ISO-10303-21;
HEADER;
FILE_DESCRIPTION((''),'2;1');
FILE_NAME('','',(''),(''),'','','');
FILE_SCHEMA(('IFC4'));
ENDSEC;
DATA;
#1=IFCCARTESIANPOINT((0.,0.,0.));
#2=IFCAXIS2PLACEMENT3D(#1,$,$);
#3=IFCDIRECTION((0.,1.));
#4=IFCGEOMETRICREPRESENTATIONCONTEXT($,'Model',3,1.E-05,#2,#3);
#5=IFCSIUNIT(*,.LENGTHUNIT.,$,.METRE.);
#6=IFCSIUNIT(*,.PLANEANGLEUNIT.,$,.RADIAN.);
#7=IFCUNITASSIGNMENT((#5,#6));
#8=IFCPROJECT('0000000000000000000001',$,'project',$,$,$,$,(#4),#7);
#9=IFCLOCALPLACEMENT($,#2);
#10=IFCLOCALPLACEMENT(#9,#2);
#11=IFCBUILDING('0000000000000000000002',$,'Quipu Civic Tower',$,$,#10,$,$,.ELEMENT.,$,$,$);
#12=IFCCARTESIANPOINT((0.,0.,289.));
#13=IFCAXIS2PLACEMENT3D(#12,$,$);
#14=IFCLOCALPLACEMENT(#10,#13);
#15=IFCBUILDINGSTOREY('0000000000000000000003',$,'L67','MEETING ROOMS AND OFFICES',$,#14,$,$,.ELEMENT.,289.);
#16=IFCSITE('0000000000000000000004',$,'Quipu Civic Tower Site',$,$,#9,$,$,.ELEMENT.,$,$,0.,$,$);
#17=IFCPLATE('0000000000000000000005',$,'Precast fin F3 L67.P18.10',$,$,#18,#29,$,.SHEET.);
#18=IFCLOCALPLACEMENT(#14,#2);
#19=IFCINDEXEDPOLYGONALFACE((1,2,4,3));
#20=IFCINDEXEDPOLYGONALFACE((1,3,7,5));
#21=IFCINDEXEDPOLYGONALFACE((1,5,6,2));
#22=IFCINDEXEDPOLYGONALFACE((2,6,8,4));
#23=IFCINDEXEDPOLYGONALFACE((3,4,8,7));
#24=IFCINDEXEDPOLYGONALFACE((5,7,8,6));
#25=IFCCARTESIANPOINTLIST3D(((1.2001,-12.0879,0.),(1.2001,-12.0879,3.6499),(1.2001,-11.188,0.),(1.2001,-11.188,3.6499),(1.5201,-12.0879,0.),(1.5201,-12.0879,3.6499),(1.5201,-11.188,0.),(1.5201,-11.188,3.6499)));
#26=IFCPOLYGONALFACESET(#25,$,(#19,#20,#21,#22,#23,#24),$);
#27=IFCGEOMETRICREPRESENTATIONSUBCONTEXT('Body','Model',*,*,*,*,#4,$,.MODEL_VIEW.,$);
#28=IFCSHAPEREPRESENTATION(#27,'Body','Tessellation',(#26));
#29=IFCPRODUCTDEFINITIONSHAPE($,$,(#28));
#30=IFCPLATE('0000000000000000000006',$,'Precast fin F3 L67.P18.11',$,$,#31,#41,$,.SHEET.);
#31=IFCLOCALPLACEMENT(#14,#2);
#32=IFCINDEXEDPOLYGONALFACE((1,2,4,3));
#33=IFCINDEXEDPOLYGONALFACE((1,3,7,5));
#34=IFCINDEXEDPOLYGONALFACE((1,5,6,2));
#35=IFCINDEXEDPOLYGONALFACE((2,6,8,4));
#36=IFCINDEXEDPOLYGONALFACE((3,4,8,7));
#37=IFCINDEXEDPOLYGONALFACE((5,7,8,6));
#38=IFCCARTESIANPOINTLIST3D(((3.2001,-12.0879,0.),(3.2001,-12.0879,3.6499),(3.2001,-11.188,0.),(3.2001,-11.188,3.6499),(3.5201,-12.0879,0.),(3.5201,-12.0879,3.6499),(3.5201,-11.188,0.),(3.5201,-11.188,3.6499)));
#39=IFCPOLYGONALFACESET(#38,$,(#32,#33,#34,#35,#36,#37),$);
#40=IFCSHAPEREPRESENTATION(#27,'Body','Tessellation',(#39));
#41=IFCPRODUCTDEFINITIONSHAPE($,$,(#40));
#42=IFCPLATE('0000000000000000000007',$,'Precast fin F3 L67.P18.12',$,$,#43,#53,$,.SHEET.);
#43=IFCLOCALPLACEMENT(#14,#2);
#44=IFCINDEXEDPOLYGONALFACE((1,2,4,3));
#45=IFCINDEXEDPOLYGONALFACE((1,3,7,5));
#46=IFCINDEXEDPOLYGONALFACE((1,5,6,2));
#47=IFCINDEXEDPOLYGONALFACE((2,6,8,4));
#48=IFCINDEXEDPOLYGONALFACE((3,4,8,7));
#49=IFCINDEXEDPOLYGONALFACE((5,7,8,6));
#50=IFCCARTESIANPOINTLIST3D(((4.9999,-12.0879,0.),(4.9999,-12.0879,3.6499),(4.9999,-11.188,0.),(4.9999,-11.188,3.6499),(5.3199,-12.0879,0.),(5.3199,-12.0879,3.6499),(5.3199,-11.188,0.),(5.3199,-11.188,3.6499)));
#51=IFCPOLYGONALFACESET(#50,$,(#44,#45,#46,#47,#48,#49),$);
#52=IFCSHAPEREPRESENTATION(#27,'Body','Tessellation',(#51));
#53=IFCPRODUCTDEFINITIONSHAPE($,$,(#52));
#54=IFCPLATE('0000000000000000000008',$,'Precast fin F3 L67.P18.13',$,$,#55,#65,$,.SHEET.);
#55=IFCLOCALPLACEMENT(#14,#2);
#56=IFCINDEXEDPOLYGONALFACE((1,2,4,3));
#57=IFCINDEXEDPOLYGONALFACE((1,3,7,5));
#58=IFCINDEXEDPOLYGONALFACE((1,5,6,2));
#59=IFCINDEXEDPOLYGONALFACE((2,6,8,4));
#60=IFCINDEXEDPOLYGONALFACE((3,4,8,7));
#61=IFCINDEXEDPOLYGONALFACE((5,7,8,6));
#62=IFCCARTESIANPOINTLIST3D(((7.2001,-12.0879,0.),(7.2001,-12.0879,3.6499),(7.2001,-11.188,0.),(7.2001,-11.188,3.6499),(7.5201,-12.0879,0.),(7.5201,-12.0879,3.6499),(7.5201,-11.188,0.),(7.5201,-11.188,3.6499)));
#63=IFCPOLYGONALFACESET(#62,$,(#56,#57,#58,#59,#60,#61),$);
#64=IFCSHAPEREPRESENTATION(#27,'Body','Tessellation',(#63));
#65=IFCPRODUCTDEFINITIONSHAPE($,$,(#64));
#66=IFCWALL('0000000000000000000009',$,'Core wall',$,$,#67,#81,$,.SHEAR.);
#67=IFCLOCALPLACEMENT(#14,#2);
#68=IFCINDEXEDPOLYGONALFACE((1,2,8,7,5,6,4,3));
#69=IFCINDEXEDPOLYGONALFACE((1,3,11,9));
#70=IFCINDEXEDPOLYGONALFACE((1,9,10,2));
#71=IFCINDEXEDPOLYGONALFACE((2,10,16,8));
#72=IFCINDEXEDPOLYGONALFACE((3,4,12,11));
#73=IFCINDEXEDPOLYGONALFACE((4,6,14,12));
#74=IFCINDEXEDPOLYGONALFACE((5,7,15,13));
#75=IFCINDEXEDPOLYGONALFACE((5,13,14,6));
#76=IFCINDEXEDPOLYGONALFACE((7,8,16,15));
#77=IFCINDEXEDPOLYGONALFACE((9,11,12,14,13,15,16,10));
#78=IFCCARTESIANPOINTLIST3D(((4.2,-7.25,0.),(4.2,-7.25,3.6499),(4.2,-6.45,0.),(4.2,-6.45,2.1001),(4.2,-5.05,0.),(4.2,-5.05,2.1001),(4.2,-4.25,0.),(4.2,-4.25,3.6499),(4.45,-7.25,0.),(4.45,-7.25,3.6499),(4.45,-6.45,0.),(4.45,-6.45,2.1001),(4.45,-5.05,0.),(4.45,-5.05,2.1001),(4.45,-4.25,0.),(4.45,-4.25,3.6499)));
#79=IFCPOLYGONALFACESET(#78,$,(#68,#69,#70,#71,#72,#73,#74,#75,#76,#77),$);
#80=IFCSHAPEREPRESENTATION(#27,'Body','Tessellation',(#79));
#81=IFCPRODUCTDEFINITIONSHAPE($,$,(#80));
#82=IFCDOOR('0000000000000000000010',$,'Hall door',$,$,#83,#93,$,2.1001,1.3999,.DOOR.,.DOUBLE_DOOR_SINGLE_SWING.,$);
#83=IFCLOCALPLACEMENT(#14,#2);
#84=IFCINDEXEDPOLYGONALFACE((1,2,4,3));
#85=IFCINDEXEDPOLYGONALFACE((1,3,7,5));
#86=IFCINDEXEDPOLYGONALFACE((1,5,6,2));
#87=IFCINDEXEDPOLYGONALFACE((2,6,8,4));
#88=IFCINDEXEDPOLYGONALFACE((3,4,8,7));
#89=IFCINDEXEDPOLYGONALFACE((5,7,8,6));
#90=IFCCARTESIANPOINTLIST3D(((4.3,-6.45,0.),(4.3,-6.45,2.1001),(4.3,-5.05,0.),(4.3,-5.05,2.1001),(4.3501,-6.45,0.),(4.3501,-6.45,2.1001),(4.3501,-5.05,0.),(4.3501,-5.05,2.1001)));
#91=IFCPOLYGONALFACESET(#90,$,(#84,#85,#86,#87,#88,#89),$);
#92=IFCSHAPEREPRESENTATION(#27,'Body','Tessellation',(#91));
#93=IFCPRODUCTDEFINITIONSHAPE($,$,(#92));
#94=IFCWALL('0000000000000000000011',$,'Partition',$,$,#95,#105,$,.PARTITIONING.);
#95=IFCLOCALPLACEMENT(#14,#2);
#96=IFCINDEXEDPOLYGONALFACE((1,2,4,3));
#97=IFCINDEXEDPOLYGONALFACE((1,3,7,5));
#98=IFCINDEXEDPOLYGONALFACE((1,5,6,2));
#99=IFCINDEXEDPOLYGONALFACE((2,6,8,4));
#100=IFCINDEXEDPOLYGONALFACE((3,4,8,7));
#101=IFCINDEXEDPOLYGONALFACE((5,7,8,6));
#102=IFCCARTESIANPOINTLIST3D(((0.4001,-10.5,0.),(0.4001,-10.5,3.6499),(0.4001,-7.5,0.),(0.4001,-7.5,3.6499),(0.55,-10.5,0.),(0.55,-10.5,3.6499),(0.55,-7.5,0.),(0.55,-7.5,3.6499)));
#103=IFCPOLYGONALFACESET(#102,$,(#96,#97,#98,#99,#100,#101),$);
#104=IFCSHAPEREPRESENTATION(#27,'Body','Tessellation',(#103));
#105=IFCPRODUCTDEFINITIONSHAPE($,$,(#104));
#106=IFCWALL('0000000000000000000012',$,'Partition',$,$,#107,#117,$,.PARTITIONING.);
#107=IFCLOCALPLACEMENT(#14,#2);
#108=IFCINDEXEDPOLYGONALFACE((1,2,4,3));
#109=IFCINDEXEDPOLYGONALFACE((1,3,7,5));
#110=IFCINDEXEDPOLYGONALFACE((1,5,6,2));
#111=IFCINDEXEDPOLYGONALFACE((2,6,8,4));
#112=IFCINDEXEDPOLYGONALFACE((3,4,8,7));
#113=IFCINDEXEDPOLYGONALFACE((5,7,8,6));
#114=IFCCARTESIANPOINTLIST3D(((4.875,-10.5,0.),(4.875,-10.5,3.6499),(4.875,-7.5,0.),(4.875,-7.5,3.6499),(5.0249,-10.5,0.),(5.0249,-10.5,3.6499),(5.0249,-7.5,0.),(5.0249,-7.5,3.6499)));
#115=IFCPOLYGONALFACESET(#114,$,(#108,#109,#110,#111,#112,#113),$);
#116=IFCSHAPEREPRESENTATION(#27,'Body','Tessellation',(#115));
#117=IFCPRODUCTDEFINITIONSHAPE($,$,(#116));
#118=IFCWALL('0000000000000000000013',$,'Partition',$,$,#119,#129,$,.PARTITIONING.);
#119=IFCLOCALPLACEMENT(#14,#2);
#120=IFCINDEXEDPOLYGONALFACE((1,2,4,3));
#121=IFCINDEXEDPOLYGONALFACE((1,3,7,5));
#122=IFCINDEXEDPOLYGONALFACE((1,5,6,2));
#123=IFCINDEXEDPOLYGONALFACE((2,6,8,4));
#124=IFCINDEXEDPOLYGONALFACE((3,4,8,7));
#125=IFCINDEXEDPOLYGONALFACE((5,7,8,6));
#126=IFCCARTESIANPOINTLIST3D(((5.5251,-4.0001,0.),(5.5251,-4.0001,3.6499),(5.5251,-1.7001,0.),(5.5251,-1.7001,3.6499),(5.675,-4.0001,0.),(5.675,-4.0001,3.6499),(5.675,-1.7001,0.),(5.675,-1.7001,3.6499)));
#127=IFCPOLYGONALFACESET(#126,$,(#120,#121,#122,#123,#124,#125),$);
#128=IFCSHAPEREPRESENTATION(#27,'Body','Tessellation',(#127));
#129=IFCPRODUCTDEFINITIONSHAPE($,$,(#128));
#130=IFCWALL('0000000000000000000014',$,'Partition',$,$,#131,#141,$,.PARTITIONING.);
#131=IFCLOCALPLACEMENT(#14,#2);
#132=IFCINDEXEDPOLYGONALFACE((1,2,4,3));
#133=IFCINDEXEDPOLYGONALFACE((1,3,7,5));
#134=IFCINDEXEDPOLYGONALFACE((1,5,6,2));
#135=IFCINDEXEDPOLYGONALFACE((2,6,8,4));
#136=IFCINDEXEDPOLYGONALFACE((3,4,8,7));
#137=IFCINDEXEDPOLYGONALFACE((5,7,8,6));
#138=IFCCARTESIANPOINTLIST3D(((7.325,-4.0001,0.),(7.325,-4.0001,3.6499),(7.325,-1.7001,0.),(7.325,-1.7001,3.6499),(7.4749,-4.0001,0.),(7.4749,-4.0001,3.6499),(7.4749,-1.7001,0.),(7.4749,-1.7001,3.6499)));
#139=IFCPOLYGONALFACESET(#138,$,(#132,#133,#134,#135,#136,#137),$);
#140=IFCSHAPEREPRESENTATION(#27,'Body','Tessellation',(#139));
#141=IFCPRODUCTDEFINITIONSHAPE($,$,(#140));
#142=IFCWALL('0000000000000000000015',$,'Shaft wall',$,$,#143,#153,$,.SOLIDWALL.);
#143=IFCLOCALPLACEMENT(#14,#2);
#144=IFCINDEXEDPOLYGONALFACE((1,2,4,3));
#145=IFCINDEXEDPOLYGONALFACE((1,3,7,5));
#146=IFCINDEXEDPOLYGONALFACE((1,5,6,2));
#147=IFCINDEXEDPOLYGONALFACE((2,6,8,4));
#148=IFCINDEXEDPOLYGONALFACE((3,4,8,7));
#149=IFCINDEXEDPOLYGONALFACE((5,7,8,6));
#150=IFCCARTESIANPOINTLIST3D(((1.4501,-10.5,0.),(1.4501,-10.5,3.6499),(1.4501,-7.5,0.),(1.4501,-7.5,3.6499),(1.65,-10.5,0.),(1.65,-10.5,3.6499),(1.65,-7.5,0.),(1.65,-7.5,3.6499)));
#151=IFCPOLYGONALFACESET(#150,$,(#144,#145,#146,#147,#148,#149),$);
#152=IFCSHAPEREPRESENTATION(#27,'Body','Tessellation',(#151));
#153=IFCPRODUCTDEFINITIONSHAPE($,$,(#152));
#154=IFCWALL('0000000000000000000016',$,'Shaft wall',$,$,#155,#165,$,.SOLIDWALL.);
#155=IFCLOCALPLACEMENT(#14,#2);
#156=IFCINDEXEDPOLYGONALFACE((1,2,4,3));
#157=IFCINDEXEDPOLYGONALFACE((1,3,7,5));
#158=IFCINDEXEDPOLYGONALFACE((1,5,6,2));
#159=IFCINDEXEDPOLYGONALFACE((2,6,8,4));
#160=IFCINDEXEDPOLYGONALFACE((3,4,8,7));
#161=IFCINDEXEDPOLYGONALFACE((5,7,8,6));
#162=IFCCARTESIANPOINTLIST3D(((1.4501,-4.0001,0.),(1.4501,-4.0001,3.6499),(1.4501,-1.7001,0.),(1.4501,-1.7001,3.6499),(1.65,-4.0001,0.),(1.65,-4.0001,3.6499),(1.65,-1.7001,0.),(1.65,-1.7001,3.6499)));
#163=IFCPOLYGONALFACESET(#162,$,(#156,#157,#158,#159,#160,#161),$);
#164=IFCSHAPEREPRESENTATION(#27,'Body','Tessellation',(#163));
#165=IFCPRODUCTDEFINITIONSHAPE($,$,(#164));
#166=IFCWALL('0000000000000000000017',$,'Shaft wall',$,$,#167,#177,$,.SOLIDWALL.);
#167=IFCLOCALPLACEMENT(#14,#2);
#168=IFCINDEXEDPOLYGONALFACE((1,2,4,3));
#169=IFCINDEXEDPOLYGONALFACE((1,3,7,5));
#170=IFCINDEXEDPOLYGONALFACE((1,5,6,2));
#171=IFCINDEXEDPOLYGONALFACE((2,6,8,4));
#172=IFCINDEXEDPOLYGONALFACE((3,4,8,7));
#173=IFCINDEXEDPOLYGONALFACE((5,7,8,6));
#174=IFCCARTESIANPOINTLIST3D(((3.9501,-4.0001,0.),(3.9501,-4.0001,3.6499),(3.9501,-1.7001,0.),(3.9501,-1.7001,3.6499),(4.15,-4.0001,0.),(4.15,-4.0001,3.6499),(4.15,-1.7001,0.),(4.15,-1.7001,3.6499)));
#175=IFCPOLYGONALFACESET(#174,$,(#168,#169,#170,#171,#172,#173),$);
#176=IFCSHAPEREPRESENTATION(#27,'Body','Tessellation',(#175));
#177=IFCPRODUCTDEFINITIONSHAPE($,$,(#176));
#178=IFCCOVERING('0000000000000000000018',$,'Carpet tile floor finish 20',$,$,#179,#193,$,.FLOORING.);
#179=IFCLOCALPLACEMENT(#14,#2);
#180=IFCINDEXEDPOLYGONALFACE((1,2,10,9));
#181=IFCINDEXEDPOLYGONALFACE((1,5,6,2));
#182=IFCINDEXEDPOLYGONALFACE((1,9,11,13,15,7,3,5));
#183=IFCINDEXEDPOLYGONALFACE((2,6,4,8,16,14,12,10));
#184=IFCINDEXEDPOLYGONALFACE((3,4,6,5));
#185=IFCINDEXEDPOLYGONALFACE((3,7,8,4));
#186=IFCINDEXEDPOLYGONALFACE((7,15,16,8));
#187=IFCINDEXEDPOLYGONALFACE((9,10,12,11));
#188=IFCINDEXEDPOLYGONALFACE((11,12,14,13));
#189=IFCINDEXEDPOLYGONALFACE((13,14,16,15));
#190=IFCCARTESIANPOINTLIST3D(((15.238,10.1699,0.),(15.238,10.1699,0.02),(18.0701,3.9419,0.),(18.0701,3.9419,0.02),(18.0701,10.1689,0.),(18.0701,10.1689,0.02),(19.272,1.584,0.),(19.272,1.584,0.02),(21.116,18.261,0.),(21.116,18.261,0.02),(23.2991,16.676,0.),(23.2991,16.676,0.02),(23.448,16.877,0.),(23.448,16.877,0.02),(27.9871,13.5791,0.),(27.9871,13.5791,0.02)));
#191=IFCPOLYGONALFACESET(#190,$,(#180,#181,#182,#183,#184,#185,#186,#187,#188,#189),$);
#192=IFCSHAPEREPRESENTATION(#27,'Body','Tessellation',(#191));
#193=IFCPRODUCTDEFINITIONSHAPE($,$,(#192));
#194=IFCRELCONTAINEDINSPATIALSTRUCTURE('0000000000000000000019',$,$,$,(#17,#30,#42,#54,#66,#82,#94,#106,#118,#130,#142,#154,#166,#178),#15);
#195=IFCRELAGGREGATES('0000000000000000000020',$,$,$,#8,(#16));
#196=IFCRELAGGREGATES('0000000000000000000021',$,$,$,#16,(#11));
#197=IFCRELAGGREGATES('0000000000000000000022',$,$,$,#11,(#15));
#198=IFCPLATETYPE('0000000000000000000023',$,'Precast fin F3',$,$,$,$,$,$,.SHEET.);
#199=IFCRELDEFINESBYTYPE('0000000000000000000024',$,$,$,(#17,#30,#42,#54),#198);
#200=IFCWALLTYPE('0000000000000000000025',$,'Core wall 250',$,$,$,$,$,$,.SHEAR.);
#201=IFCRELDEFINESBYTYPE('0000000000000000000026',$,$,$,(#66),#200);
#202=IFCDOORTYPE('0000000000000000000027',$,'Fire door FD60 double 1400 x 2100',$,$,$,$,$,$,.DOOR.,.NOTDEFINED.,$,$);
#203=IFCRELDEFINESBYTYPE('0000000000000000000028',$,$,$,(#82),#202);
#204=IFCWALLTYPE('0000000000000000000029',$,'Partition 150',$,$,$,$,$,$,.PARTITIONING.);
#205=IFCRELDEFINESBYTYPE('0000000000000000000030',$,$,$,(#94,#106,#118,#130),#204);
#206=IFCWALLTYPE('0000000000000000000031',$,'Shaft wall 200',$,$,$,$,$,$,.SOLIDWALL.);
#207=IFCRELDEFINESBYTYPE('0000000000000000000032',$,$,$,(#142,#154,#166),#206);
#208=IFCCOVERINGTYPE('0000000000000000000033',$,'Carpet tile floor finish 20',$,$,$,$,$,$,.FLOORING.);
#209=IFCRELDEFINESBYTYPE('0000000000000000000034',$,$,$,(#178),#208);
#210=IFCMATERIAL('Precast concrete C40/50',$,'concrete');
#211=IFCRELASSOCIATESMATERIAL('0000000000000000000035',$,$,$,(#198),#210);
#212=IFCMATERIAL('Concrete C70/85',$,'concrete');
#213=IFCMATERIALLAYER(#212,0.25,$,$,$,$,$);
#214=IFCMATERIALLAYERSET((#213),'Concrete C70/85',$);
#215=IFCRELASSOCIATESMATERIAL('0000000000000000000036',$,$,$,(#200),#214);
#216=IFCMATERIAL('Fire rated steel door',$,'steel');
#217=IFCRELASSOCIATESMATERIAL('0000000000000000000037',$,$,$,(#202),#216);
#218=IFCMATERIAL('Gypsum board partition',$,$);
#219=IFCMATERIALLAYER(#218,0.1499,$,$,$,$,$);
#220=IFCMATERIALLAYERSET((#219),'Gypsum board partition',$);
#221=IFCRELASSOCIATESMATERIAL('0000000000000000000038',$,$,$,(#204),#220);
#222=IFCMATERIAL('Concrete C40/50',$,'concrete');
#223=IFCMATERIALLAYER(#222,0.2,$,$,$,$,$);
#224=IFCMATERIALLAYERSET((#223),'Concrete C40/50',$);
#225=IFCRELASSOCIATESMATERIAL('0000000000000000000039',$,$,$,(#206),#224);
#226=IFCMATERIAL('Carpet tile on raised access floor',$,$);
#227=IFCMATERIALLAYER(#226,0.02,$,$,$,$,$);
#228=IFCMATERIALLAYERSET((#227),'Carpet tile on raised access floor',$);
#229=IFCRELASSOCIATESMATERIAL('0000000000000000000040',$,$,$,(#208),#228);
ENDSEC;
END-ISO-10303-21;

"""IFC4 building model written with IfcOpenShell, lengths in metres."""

from ifc_helpers import new_model, si_unit, direction, frame, frame_2d, origin, origin_2d, place, context, subcontext, project, spatial, polyline, rectangle, outline, extrude, material, layer, layer_set, type_object, element, fill, save


model = new_model("IFC4")

# Units and contexts
model_context = context("Model", 3, precision=1e-05, world=origin(), true_north=direction((0.0, 1.0)))
body_context = subcontext(model_context, "Body", "Model", "MODEL_VIEW")
ifc_project = project(units=[si_unit("LENGTHUNIT", "METRE"), si_unit("PLANEANGLEUNIT", "RADIAN")], contexts=[model_context])

# Site, building, storey
site_placement = place(None, origin())
site = spatial("IfcSite", under=ifc_project, at=site_placement, Name="Quipu Civic Tower Site", CompositionType="ELEMENT", RefElevation=0.0)
building_placement = place(site_placement, origin())
building = spatial("IfcBuilding", under=site, at=building_placement, Name="Quipu Civic Tower", CompositionType="ELEMENT")
storey_placement = place(building_placement, frame((0.0, 0.0, 289.0)))
storey = spatial("IfcBuildingStorey", under=building, at=storey_placement, Name="L67", Description="MEETING ROOMS AND OFFICES", CompositionType="ELEMENT", Elevation=289.0)

# Plates
ifc_material_1 = material(Name="Precast concrete C40/50", Category="concrete")
plate_type = type_object("IfcPlateType", Name="Precast fin F3", PredefinedType="SHEET", material=ifc_material_1)
for number, where, z_axis, x_axis, name in (
    (1, (1.3601, -11.6379, 0.0), (0.0, 0.0, 1.0), (1.0, 0.0, 0.0), "Precast fin F3 L67.P18.10"),
    (2, (3.3601, -11.6379, 0.0), (0.0, 0.0, 1.0), (1.0, 0.0, 0.0), "Precast fin F3 L67.P18.11"),
    (3, (5.1599, -11.6379, 0.0), (0.0, 0.0, 1.0), (1.0, 0.0, 0.0), "Precast fin F3 L67.P18.12"),
    (4, (7.3601, -11.6379, 0.0), (0.0, 0.0, 1.0), (1.0, 0.0, 0.0), "Precast fin F3 L67.P18.13"),
):
    element("IfcPlate", number, at=place(storey_placement, frame(where, z_axis=z_axis, x_axis=x_axis)), inside=storey, type_object=plate_type, Name=name, PredefinedType="SHEET", context=body_context, shape_type="SweptSolid", body=[
        extrude(rectangle(XDim=0.3201, YDim=0.8999, at=origin_2d()), origin(), (0.0, 0.0, 1.0), 3.6499),
    ])

# Wall, opening, door
ifc_material_2 = material(Name="Concrete C70/85", Category="concrete")
ifc_layer_1 = layer(ifc_material_2, 0.25)
ifc_layer_set_1 = layer_set([ifc_layer_1], Name="Concrete C70/85")
wall_type_1 = type_object("IfcWallType", Name="Core wall 250", PredefinedType="SHEAR", material=ifc_layer_set_1)
wall_1_placement = place(storey_placement, frame((4.325, -7.25, 0.0), z_axis=(0.0, 0.0, 1.0), x_axis=(0.0, 1.0, 0.0)))
wall_1 = element("IfcWall", 5, at=wall_1_placement, inside=storey, type_object=wall_type_1, Name="Core wall", PredefinedType="SHEAR", context=body_context, shape_type="SweptSolid", body=[
    extrude(rectangle(XDim=3.0, YDim=0.25, at=frame_2d((1.5, 0.0))), origin(), (0.0, 0.0, 1.0), 3.6499),
])
opening_placement = place(wall_1_placement, frame((0.8, 0.0, 0.0)))
opening = element("IfcOpeningElement", 6, at=opening_placement, cuts=wall_1, PredefinedType="OPENING", context=body_context, shape_type="SweptSolid", body=[
    extrude(rectangle(XDim=1.3999, YDim=2.1001, at=frame_2d((0.7, 1.05))), frame((0.0, 0.135, 0.0), z_axis=(0.0, -1.0, 0.0), x_axis=(1.0, 0.0, 0.0)), (0.0, 0.0, 1.0), 0.27),
])
ifc_material_3 = material(Name="Fire rated steel door", Category="steel")
door_type = type_object("IfcDoorType", Name="Fire door FD60 double 1400 x 2100", OperationType="NOTDEFINED", PredefinedType="DOOR", material=ifc_material_3)
door_placement = place(opening_placement, origin())
door = element("IfcDoor", 7, at=door_placement, inside=storey, type_object=door_type, Name="Hall door", OperationType="DOUBLE_DOOR_SINGLE_SWING", OverallHeight=2.1001, OverallWidth=1.3999, PredefinedType="DOOR", context=body_context, shape_type="SweptSolid", body=[
    extrude(rectangle(XDim=1.3999, YDim=2.1001, at=frame_2d((0.7, 1.05))), frame((0.0, 0.0249, 0.0), z_axis=(0.0, -1.0, 0.0), x_axis=(1.0, 0.0, 0.0)), (0.0, 0.0, 1.0), 0.05),
])
fill(opening, door)

# Walls
ifc_material_4 = material(Name="Gypsum board partition")
ifc_layer_2 = layer(ifc_material_4, 0.1499)
ifc_layer_set_2 = layer_set([ifc_layer_2], Name="Gypsum board partition")
wall_type_2 = type_object("IfcWallType", Name="Partition 150", PredefinedType="PARTITIONING", material=ifc_layer_set_2)
for number, where, z_axis, x_axis, name in (
    (8, (0.4751, -10.5, 0.0), (0.0, 0.0, 1.0), (0.0, 1.0, 0.0), "Partition"),
    (9, (4.95, -10.5, 0.0), (0.0, 0.0, 1.0), (0.0, 1.0, 0.0), "Partition"),
):
    element("IfcWall", number, at=place(storey_placement, frame(where, z_axis=z_axis, x_axis=x_axis)), inside=storey, type_object=wall_type_2, Name=name, PredefinedType="PARTITIONING", context=body_context, shape_type="SweptSolid", body=[
        extrude(rectangle(XDim=3.0, YDim=0.1499, at=frame_2d((1.5, 0.0))), origin(), (0.0, 0.0, 1.0), 3.6499),
    ])
for number, where, z_axis, x_axis, name in (
    (10, (5.6001, -4.0, 0.0), (0.0, 0.0, 1.0), (0.0, 1.0, 0.0), "Partition"),
    (11, (7.3999, -4.0, 0.0), (0.0, 0.0, 1.0), (0.0, 1.0, 0.0), "Partition"),
):
    element("IfcWall", number, at=place(storey_placement, frame(where, z_axis=z_axis, x_axis=x_axis)), inside=storey, type_object=wall_type_2, Name=name, PredefinedType="PARTITIONING", context=body_context, shape_type="SweptSolid", body=[
        extrude(rectangle(XDim=2.3, YDim=0.1499, at=frame_2d((1.1499, 0.0))), origin(), (0.0, 0.0, 1.0), 3.6499),
    ])
ifc_material_5 = material(Name="Concrete C40/50", Category="concrete")
ifc_layer_3 = layer(ifc_material_5, 0.2)
ifc_layer_set_3 = layer_set([ifc_layer_3], Name="Concrete C40/50")
wall_type_3 = type_object("IfcWallType", Name="Shaft wall 200", PredefinedType="SOLIDWALL", material=ifc_layer_set_3)
wall_2_placement = place(storey_placement, frame((1.55, -10.5, 0.0), z_axis=(0.0, 0.0, 1.0), x_axis=(0.0, 1.0, 0.0)))
element("IfcWall", 12, at=wall_2_placement, inside=storey, type_object=wall_type_3, Name="Shaft wall", PredefinedType="SOLIDWALL", context=body_context, shape_type="SweptSolid", body=[
    extrude(rectangle(XDim=3.0, YDim=0.2, at=frame_2d((1.5, 0.0))), origin(), (0.0, 0.0, 1.0), 3.6499),
])
for number, where, z_axis, x_axis, name in (
    (13, (1.55, -4.0, 0.0), (0.0, 0.0, 1.0), (0.0, 1.0, 0.0), "Shaft wall"),
    (14, (4.05, -4.0, 0.0), (0.0, 0.0, 1.0), (0.0, 1.0, 0.0), "Shaft wall"),
):
    element("IfcWall", number, at=place(storey_placement, frame(where, z_axis=z_axis, x_axis=x_axis)), inside=storey, type_object=wall_type_3, Name=name, PredefinedType="SOLIDWALL", context=body_context, shape_type="SweptSolid", body=[
        extrude(rectangle(XDim=2.3, YDim=0.2, at=frame_2d((1.1499, 0.0))), origin(), (0.0, 0.0, 1.0), 3.6499),
    ])

# Covering
ifc_material_6 = material(Name="Carpet tile on raised access floor")
ifc_layer_4 = layer(ifc_material_6, 0.02)
ifc_layer_set_4 = layer_set([ifc_layer_4], Name="Carpet tile on raised access floor")
covering_type_1 = type_object("IfcCoveringType", Name="Carpet tile floor finish 20", PredefinedType="FLOORING", material=ifc_layer_set_4)
covering_1_placement = place(storey_placement, origin())
element("IfcCovering", 15, at=covering_1_placement, inside=storey, type_object=covering_type_1, Name="Carpet tile floor finish 20", PredefinedType="FLOORING", context=body_context, shape_type="SweptSolid", body=[
    extrude(outline(polyline([(15.238, 10.1699), (21.116, 18.261), (23.2991, 16.676), (23.448, 16.877), (27.9871, 13.5791), (19.272, 1.584), (18.0701, 3.9419), (18.0701, 10.1689), (15.238, 10.1699)])), origin(), (0.0, 0.0, 1.0), 0.02),
])

save(model, "model.ifc")
